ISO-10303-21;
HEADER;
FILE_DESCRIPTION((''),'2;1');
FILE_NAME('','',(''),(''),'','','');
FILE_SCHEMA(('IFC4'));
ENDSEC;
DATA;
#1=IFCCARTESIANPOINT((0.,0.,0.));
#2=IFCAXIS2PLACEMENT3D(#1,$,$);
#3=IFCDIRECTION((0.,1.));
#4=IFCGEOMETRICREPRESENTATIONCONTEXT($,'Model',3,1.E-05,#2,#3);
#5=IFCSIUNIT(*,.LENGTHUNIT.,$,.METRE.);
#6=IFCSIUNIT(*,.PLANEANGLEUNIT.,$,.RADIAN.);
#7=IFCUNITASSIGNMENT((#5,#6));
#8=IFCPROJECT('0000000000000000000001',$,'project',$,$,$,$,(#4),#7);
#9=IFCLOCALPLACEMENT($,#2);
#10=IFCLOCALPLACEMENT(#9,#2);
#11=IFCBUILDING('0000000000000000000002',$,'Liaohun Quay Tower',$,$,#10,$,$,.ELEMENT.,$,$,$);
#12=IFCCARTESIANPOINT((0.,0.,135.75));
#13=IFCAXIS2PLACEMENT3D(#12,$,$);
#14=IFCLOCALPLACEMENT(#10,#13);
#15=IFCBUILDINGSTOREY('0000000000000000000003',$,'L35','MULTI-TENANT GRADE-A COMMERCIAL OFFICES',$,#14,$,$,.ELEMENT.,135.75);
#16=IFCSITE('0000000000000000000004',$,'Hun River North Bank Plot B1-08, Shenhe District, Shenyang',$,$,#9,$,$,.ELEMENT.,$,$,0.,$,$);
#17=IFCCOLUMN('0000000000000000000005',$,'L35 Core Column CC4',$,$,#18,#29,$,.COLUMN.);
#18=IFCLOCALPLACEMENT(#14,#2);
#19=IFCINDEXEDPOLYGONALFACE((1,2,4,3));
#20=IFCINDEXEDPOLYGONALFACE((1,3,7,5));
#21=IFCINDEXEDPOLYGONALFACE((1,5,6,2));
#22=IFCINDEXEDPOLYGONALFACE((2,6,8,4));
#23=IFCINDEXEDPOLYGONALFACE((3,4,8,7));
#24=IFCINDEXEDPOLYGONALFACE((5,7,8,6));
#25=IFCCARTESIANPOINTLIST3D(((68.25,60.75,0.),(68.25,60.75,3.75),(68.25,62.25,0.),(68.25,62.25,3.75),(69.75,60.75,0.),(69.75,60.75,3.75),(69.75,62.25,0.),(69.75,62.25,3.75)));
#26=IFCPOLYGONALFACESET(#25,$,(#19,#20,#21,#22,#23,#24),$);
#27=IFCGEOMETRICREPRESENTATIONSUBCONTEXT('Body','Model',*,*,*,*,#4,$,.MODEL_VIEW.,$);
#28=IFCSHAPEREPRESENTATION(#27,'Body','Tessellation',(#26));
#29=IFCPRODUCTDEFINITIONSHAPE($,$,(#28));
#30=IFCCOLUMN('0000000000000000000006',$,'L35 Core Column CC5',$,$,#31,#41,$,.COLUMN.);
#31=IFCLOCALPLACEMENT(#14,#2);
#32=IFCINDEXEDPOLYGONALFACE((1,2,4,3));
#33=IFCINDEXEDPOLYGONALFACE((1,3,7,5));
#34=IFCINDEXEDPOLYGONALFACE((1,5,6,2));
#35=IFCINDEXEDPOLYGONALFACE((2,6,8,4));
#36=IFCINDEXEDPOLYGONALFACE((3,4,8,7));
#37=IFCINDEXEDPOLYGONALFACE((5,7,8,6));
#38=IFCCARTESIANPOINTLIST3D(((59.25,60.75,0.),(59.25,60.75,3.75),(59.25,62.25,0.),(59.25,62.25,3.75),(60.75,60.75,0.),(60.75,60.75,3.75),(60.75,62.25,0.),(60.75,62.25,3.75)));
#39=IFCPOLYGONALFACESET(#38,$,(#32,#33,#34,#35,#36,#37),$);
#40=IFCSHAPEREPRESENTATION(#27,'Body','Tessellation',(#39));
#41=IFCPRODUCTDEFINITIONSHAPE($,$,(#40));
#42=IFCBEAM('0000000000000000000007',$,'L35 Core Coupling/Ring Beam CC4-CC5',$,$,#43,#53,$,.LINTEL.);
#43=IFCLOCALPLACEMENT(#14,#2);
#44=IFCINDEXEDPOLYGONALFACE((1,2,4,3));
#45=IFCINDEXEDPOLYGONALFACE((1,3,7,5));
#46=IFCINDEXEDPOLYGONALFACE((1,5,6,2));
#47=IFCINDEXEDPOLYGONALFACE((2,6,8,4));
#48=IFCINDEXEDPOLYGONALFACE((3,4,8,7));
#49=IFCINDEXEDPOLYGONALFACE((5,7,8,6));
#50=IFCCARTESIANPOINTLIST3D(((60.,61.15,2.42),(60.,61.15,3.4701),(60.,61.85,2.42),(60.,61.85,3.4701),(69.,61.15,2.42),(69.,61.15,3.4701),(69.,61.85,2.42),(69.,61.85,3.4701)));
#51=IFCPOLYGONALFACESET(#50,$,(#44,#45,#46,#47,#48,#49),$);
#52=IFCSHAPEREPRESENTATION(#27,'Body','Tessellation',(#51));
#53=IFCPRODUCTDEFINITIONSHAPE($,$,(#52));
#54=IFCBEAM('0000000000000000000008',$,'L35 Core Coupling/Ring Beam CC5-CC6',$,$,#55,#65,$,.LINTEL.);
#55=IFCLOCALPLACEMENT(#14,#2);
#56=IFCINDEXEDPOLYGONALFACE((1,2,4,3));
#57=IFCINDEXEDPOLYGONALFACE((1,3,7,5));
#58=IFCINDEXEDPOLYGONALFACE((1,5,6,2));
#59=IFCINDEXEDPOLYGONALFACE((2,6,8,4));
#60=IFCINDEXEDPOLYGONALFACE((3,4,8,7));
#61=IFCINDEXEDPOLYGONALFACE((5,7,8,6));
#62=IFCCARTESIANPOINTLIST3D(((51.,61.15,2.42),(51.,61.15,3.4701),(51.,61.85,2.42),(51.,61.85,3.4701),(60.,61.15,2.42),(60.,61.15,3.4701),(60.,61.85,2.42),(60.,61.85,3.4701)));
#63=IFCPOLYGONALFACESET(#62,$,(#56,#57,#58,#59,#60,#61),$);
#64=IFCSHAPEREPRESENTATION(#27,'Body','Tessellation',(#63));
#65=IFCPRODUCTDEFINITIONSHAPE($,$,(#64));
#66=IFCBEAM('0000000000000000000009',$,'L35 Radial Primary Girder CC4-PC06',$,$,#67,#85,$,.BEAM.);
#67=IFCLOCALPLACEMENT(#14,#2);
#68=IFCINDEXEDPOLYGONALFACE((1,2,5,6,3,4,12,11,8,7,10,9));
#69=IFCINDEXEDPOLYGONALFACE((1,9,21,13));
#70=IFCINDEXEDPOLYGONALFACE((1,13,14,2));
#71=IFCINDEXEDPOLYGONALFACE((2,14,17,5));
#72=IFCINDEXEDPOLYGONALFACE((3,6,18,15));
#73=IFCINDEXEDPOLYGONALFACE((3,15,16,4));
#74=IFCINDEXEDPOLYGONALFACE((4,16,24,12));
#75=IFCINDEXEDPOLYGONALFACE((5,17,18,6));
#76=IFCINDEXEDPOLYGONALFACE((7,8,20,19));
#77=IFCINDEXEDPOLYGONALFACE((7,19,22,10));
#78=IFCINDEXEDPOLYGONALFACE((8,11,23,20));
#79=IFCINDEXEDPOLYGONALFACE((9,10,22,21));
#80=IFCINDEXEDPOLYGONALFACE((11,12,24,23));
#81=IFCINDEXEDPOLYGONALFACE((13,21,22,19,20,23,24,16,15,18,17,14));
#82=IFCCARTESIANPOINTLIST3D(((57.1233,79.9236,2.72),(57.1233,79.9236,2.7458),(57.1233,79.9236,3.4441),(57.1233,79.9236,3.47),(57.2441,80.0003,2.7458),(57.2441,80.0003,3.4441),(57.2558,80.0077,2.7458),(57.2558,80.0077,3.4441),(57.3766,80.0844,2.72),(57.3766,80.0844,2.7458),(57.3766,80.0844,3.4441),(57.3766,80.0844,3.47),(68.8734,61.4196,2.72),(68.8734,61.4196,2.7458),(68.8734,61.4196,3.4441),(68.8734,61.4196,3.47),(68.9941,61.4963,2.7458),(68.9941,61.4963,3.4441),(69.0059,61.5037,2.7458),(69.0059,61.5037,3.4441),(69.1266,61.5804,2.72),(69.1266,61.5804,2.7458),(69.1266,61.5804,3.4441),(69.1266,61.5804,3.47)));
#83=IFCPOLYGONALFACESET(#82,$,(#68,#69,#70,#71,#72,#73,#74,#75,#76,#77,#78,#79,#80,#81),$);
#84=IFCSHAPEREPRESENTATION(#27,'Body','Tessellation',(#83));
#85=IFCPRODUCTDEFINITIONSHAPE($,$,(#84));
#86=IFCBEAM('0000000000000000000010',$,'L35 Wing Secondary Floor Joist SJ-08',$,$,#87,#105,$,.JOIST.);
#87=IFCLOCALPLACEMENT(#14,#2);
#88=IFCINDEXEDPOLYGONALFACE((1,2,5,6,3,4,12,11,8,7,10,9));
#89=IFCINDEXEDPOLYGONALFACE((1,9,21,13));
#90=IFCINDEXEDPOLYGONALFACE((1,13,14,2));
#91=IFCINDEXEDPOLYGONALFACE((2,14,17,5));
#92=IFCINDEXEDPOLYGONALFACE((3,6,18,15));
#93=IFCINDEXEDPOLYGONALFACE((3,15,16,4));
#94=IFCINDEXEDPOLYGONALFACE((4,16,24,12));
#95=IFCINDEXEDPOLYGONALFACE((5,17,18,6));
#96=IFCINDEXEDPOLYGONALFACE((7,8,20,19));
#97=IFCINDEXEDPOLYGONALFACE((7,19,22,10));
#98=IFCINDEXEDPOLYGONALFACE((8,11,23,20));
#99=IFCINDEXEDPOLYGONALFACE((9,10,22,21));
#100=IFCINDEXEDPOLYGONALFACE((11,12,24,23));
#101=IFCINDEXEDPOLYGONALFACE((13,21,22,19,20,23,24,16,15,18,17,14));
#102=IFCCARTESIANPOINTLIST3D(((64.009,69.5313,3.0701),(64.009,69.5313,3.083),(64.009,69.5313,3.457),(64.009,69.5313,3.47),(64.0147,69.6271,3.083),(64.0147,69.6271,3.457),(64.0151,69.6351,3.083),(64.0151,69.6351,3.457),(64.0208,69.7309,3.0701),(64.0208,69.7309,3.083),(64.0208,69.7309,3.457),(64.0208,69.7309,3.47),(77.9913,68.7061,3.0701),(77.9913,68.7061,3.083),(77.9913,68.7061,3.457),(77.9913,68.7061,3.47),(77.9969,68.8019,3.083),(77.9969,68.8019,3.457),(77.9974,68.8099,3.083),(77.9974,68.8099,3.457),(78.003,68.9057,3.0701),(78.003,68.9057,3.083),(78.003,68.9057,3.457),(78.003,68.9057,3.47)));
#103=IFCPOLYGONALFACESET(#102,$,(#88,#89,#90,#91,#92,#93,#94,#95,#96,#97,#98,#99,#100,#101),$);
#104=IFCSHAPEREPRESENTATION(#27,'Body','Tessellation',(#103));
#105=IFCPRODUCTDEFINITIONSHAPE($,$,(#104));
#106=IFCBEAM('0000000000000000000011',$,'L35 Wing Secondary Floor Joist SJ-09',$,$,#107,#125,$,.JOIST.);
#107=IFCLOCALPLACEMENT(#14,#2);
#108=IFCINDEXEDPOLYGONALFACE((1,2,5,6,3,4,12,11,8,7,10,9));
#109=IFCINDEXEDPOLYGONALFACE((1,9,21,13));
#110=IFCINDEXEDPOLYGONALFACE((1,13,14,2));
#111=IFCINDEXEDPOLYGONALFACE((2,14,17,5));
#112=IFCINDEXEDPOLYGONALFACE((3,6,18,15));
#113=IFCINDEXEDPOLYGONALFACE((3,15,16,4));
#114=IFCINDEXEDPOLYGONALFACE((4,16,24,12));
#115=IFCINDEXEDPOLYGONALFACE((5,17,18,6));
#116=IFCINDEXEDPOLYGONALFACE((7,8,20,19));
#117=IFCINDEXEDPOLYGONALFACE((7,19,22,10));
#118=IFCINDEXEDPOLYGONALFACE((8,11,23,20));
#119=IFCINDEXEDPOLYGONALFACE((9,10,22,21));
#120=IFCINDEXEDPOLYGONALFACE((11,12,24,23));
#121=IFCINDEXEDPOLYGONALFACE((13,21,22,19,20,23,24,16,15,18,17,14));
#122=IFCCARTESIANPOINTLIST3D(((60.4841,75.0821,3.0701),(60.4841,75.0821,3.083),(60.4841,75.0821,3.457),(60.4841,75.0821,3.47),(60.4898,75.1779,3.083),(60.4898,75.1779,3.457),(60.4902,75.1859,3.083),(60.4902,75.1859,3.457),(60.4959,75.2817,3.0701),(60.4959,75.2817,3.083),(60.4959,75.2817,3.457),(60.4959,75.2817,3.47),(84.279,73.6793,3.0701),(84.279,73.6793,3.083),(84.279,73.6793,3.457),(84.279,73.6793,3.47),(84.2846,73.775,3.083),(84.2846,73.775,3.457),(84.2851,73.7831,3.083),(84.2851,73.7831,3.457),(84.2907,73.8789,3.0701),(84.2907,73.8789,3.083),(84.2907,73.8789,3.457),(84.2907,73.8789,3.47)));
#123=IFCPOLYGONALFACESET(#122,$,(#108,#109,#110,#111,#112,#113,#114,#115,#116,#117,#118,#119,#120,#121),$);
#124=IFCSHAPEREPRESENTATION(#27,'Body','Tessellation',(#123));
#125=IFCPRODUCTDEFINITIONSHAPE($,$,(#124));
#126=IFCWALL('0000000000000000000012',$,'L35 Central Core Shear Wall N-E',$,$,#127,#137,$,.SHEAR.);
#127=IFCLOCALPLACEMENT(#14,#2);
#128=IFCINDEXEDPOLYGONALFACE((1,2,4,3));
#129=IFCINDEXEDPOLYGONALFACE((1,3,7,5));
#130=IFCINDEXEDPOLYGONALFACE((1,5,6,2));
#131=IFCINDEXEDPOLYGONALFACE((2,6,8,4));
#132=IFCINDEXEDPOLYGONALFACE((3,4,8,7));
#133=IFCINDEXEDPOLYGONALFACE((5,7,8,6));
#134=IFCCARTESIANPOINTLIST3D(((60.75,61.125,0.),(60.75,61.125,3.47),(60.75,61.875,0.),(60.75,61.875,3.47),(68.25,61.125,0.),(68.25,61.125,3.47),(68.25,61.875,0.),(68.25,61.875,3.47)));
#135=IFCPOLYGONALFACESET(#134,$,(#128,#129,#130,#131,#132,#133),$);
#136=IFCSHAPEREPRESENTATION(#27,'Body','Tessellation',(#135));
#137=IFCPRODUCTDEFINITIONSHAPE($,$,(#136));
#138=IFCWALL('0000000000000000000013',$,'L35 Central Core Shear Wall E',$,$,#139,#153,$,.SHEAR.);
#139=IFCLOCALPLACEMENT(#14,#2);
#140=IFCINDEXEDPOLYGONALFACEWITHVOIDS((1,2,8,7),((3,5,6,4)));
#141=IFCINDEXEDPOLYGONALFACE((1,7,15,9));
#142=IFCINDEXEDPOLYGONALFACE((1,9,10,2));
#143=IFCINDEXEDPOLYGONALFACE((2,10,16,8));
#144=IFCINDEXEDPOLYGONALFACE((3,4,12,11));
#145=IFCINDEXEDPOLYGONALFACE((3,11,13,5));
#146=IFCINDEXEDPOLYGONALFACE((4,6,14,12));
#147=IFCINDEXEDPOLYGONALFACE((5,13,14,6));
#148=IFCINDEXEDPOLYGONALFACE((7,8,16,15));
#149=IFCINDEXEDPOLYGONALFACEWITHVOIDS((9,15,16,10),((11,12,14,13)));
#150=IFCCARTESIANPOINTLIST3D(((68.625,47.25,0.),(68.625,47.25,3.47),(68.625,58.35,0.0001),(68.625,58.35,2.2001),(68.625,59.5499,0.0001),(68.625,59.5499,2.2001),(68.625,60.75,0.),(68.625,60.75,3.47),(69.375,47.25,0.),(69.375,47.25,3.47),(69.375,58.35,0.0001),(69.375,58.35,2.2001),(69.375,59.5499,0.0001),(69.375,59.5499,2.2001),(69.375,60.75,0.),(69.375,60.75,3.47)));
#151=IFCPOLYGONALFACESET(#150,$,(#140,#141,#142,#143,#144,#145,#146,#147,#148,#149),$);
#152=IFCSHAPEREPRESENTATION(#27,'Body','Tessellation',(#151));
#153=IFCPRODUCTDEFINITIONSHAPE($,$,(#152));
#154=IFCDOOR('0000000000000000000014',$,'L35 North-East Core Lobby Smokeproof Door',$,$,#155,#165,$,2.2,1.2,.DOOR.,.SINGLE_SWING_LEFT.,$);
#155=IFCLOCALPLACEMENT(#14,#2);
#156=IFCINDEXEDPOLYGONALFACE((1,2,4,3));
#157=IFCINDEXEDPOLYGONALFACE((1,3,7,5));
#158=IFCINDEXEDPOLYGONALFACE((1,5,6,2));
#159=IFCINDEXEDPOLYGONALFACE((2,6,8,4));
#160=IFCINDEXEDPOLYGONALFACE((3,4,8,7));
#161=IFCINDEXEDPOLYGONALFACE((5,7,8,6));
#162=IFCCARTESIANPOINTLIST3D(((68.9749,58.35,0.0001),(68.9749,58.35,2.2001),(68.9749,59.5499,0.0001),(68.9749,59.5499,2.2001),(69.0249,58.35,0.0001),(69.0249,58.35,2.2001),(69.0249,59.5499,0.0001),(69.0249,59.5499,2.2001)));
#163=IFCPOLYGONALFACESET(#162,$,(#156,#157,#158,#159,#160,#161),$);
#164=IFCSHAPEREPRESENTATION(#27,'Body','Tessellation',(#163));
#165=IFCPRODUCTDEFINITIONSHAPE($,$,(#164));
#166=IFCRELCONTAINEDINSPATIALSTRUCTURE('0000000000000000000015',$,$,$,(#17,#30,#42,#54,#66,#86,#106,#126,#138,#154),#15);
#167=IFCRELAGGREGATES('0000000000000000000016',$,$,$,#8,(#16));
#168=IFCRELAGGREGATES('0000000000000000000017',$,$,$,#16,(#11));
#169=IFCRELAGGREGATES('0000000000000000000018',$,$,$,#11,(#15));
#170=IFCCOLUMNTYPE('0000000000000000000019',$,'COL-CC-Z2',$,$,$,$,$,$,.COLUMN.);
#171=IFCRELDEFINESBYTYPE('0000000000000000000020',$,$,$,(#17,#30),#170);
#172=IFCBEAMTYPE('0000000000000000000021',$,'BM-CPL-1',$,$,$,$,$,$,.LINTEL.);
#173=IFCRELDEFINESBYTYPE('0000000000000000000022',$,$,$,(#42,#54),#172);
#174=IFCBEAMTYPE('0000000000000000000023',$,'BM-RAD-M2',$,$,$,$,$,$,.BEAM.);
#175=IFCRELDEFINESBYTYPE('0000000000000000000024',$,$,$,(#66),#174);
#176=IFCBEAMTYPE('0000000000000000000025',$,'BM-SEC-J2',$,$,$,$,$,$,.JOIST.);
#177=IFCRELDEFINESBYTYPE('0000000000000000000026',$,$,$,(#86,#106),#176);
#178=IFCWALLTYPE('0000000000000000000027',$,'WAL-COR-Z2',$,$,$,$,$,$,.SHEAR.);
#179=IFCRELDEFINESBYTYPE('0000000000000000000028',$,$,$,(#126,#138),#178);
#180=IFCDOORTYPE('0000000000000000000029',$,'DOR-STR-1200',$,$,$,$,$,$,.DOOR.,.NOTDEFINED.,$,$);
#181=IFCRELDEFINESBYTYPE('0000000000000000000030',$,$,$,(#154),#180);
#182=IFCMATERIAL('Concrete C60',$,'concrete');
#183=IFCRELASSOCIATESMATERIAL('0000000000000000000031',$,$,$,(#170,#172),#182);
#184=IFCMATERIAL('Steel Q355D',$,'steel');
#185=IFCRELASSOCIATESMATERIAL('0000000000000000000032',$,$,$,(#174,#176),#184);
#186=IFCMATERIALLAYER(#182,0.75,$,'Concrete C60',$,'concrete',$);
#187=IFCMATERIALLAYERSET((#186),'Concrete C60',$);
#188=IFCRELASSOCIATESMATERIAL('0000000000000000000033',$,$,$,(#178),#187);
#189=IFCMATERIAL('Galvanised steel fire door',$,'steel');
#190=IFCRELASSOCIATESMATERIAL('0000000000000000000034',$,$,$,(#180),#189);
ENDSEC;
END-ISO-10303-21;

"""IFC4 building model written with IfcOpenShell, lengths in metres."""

from ifc_helpers import new_model, si_unit, direction, frame, frame_2d, origin, origin_2d, place, context, subcontext, project, spatial, rectangle, i_section, extrude, source, transform, mapped, material, layer, layer_set, material_profile, profile_set, type_object, element, fill, save


model = new_model("IFC4")

# Units and contexts
model_context = context("Model", 3, precision=1e-05, world=origin(), true_north=direction((0.0, 1.0)))
body_context = subcontext(model_context, "Body", "Model", "MODEL_VIEW")
ifc_project = project(units=[si_unit("LENGTHUNIT", "METRE"), si_unit("PLANEANGLEUNIT", "RADIAN")], contexts=[model_context])

# Site, building, storey
site_placement = place(None, origin())
site = spatial("IfcSite", under=ifc_project, at=site_placement, Name="Hun River North Bank Plot B1-08, Shenhe District, Shenyang", CompositionType="ELEMENT", RefElevation=0.0)
building_placement = place(site_placement, origin())
building = spatial("IfcBuilding", under=site, at=building_placement, Name="Liaohun Quay Tower", CompositionType="ELEMENT")
storey_placement = place(building_placement, frame((0.0, 0.0, 135.75)))
storey = spatial("IfcBuildingStorey", under=building, at=storey_placement, Name="L35", Description="MULTI-TENANT GRADE-A COMMERCIAL OFFICES", CompositionType="ELEMENT", Elevation=135.75)

# Columns
ifc_material_1 = material(Name="Concrete C60", Category="concrete")
ifc_material_profile_1 = material_profile(ifc_material_1, rectangle(XDim=1.5, YDim=1.5, at=origin_2d()), Name="RC1500x1500")
ifc_profile_set_1 = profile_set([ifc_material_profile_1], Name="Concrete C60")
column_type = type_object("IfcColumnType", Name="COL-CC-Z2", PredefinedType="COLUMN", material=ifc_profile_set_1)
shared_shape_1 = source(origin(), body_context, "Body", "SweptSolid", [
    extrude(rectangle(XDim=1.5, YDim=1.5, at=origin_2d()), origin(), (0.0, 0.0, 1.0), 3.75),
])
for number, where, z_axis, x_axis, name in (
    (1, (69.0, 61.5, 0.0), (0.0, 0.0, 1.0), (1.0, 0.0, 0.0), "L35 Core Column CC4"),
    (2, (60.0, 61.5, 0.0), (0.0, 0.0, 1.0), (1.0, 0.0, 0.0), "L35 Core Column CC5"),
):
    element("IfcColumn", number, at=place(storey_placement, frame(where, z_axis=z_axis, x_axis=x_axis)), inside=storey, type_object=column_type, Name=name, PredefinedType="COLUMN", context=body_context, shape_type="MappedRepresentation", body=[
        mapped(shared_shape_1, transform((0.0, 0.0, 0.0), x_axis=(1.0, 0.0, 0.0), y_axis=(0.0, 1.0, 0.0), z_axis=(0.0, 0.0, 1.0), scale=1.0)),
    ])

# Beams
ifc_material_profile_2 = material_profile(ifc_material_1, rectangle(XDim=0.7, YDim=1.05, at=origin_2d()), Name="RC700x1050")
ifc_profile_set_2 = profile_set([ifc_material_profile_2], Name="Concrete C60")
beam_type_1 = type_object("IfcBeamType", Name="BM-CPL-1", PredefinedType="LINTEL", material=ifc_profile_set_2)
shared_shape_2 = source(origin(), body_context, "Body", "SweptSolid", [
    extrude(rectangle(XDim=0.7, YDim=1.05, at=origin_2d()), origin(), (0.0, 0.0, 1.0), 9.0),
])
for number, where, z_axis, x_axis, name in (
    (3, (69.0, 61.5, 2.9451), (-1.0, 0.0, 0.0), (0.0, -1.0, 0.0), "L35 Core Coupling/Ring Beam CC4-CC5"),
    (4, (60.0, 61.5, 2.9451), (-1.0, 0.0, 0.0), (0.0, -1.0, 0.0), "L35 Core Coupling/Ring Beam CC5-CC6"),
):
    element("IfcBeam", number, at=place(storey_placement, frame(where, z_axis=z_axis, x_axis=x_axis)), inside=storey, type_object=beam_type_1, Name=name, PredefinedType="LINTEL", context=body_context, shape_type="MappedRepresentation", body=[
        mapped(shared_shape_2, transform((0.0, 0.0, 0.0), x_axis=(1.0, 0.0, 0.0), y_axis=(0.0, 1.0, 0.0), z_axis=(0.0, 0.0, 1.0), scale=1.0)),
    ])
ifc_material_2 = material(Name="Steel Q355D", Category="steel")
ifc_material_profile_3 = material_profile(ifc_material_2, i_section(OverallWidth=0.3, OverallDepth=0.75, WebThickness=0.0139, FlangeThickness=0.0259, at=origin_2d()), Name="HN750x300x14x26")
ifc_profile_set_3 = profile_set([ifc_material_profile_3], Name="Steel Q355D")
beam_type_2 = type_object("IfcBeamType", Name="BM-RAD-M2", PredefinedType="BEAM", material=ifc_profile_set_3)
shared_shape_3 = source(origin(), body_context, "Body", "SweptSolid", [
    extrude(i_section(OverallWidth=0.3, OverallDepth=0.75, WebThickness=0.0139, FlangeThickness=0.0259, at=origin_2d()), origin(), (0.0, 0.0, 1.0), 21.9194),
])
beam_1_placement = place(storey_placement, frame((69.0, 61.5, 3.095), z_axis=(-0.536057, 0.844182, 0.0), x_axis=(-0.844182, -0.536057, 0.0)))
element("IfcBeam", 5, at=beam_1_placement, inside=storey, type_object=beam_type_2, Name="L35 Radial Primary Girder CC4-PC06", PredefinedType="BEAM", context=body_context, shape_type="MappedRepresentation", body=[
    mapped(shared_shape_3, transform((0.0, 0.0, 0.0), x_axis=(1.0, 0.0, 0.0), y_axis=(0.0, 1.0, 0.0), z_axis=(0.0, 0.0, 1.0), scale=1.0)),
])
ifc_material_profile_4 = material_profile(ifc_material_2, i_section(OverallWidth=0.2, OverallDepth=0.3999, WebThickness=0.0081, FlangeThickness=0.0129, at=origin_2d()), Name="HN400x200x8x13")
ifc_profile_set_4 = profile_set([ifc_material_profile_4], Name="Steel Q355D")
beam_type_3 = type_object("IfcBeamType", Name="BM-SEC-J2", PredefinedType="JOIST", material=ifc_profile_set_4)
shared_shape_4 = source(origin(), body_context, "Body", "SweptSolid", [
    extrude(i_section(OverallWidth=0.2, OverallDepth=0.3999, WebThickness=0.0081, FlangeThickness=0.0129, at=origin_2d()), origin(), (0.0, 0.0, 1.0), 14.0066),
])
beam_2_placement = place(storey_placement, frame((64.0149, 69.6311, 3.27), z_axis=(0.998263, -0.058915, 0.0), x_axis=(0.058915, 0.998263, 0.0)))
element("IfcBeam", 6, at=beam_2_placement, inside=storey, type_object=beam_type_3, Name="L35 Wing Secondary Floor Joist SJ-08", PredefinedType="JOIST", context=body_context, shape_type="MappedRepresentation", body=[
    mapped(shared_shape_4, transform((0.0, 0.0, 0.0), x_axis=(1.0, 0.0, 0.0), y_axis=(0.0, 1.0, 0.0), z_axis=(0.0, 0.0, 1.0), scale=1.0)),
])
shared_shape_5 = source(origin(), body_context, "Body", "SweptSolid", [
    extrude(i_section(OverallWidth=0.2, OverallDepth=0.3999, WebThickness=0.0081, FlangeThickness=0.0129, at=origin_2d()), origin(), (0.0, 0.0, 1.0), 23.8362),
])
beam_3_placement = place(storey_placement, frame((60.49, 75.1819, 3.27), z_axis=(0.998267, -0.058853, 0.0), x_axis=(0.058853, 0.998267, 0.0)))
element("IfcBeam", 7, at=beam_3_placement, inside=storey, type_object=beam_type_3, Name="L35 Wing Secondary Floor Joist SJ-09", PredefinedType="JOIST", context=body_context, shape_type="MappedRepresentation", body=[
    mapped(shared_shape_5, transform((0.0, 0.0, 0.0), x_axis=(1.0, 0.0, 0.0), y_axis=(0.0, 1.0, 0.0), z_axis=(0.0, 0.0, 1.0), scale=1.0)),
])

# Wall
ifc_layer_1 = layer(ifc_material_1, 0.75, Name="Concrete C60", Category="concrete")
ifc_layer_set_1 = layer_set([ifc_layer_1], Name="Concrete C60")
wall_type_1 = type_object("IfcWallType", Name="WAL-COR-Z2", PredefinedType="SHEAR", material=ifc_layer_set_1)
wall_1_placement = place(storey_placement, frame((60.75, 61.5, 0.0), z_axis=(0.0, 0.0, 1.0), x_axis=(1.0, 0.0, 0.0)))
element("IfcWall", 8, at=wall_1_placement, inside=storey, type_object=wall_type_1, Name="L35 Central Core Shear Wall N-E", PredefinedType="SHEAR", context=body_context, shape_type="SweptSolid", body=[
    extrude(rectangle(XDim=7.5, YDim=0.75, at=frame_2d((3.75, 0.0))), origin(), (0.0, 0.0, 1.0), 3.47),
])

# Wall, opening, door
wall_2_placement = place(storey_placement, frame((69.0, 60.75, 0.0), z_axis=(0.0, 0.0, 1.0), x_axis=(0.0, -1.0, 0.0)))
wall_2 = element("IfcWall", 9, at=wall_2_placement, inside=storey, type_object=wall_type_1, Name="L35 Central Core Shear Wall E", PredefinedType="SHEAR", context=body_context, shape_type="SweptSolid", body=[
    extrude(rectangle(XDim=13.5, YDim=0.75, at=frame_2d((6.75, 0.0))), origin(), (0.0, 0.0, 1.0), 3.47),
])
shared_shape_6 = source(origin(), body_context, "Body", "SweptSolid", [
    extrude(rectangle(XDim=1.2, YDim=2.2, at=frame_2d((0.6001, 1.1001))), frame((0.0, 0.385, 0.0), z_axis=(0.0, -1.0, 0.0), x_axis=(1.0, 0.0, 0.0)), (0.0, 0.0, 1.0), 0.77),
])
opening_1_placement = place(wall_2_placement, frame((1.2, 0.0, 0.0)))
opening_1 = element("IfcOpeningElement", 10, at=opening_1_placement, cuts=wall_2, PredefinedType="OPENING", context=body_context, shape_type="MappedRepresentation", body=[
    mapped(shared_shape_6, transform((0.0, 0.0, 0.0), x_axis=(1.0, 0.0, 0.0), y_axis=(0.0, 1.0, 0.0), z_axis=(0.0, 0.0, 1.0), scale=1.0)),
])
ifc_material_3 = material(Name="Galvanised steel fire door", Category="steel")
door_type_1 = type_object("IfcDoorType", Name="DOR-STR-1200", OperationType="NOTDEFINED", PredefinedType="DOOR", material=ifc_material_3)
shared_shape_7 = source(origin(), body_context, "Body", "SweptSolid", [
    extrude(rectangle(XDim=1.2, YDim=2.2, at=frame_2d((0.6001, 1.1001))), frame((0.0, 0.0249, 0.0), z_axis=(0.0, -1.0, 0.0), x_axis=(1.0, 0.0, 0.0)), (0.0, 0.0, 1.0), 0.05),
])
door_1_placement = place(opening_1_placement, origin())
door_1 = element("IfcDoor", 11, at=door_1_placement, inside=storey, type_object=door_type_1, Name="L35 North-East Core Lobby Smokeproof Door", OperationType="SINGLE_SWING_LEFT", OverallHeight=2.2, OverallWidth=1.2, PredefinedType="DOOR", context=body_context, shape_type="MappedRepresentation", body=[
    mapped(shared_shape_7, transform((0.0, 0.0, 0.0), x_axis=(1.0, 0.0, 0.0), y_axis=(0.0, 1.0, 0.0), z_axis=(0.0, 0.0, 1.0), scale=1.0)),
])
fill(opening_1, door_1)

save(model, "model.ifc")
